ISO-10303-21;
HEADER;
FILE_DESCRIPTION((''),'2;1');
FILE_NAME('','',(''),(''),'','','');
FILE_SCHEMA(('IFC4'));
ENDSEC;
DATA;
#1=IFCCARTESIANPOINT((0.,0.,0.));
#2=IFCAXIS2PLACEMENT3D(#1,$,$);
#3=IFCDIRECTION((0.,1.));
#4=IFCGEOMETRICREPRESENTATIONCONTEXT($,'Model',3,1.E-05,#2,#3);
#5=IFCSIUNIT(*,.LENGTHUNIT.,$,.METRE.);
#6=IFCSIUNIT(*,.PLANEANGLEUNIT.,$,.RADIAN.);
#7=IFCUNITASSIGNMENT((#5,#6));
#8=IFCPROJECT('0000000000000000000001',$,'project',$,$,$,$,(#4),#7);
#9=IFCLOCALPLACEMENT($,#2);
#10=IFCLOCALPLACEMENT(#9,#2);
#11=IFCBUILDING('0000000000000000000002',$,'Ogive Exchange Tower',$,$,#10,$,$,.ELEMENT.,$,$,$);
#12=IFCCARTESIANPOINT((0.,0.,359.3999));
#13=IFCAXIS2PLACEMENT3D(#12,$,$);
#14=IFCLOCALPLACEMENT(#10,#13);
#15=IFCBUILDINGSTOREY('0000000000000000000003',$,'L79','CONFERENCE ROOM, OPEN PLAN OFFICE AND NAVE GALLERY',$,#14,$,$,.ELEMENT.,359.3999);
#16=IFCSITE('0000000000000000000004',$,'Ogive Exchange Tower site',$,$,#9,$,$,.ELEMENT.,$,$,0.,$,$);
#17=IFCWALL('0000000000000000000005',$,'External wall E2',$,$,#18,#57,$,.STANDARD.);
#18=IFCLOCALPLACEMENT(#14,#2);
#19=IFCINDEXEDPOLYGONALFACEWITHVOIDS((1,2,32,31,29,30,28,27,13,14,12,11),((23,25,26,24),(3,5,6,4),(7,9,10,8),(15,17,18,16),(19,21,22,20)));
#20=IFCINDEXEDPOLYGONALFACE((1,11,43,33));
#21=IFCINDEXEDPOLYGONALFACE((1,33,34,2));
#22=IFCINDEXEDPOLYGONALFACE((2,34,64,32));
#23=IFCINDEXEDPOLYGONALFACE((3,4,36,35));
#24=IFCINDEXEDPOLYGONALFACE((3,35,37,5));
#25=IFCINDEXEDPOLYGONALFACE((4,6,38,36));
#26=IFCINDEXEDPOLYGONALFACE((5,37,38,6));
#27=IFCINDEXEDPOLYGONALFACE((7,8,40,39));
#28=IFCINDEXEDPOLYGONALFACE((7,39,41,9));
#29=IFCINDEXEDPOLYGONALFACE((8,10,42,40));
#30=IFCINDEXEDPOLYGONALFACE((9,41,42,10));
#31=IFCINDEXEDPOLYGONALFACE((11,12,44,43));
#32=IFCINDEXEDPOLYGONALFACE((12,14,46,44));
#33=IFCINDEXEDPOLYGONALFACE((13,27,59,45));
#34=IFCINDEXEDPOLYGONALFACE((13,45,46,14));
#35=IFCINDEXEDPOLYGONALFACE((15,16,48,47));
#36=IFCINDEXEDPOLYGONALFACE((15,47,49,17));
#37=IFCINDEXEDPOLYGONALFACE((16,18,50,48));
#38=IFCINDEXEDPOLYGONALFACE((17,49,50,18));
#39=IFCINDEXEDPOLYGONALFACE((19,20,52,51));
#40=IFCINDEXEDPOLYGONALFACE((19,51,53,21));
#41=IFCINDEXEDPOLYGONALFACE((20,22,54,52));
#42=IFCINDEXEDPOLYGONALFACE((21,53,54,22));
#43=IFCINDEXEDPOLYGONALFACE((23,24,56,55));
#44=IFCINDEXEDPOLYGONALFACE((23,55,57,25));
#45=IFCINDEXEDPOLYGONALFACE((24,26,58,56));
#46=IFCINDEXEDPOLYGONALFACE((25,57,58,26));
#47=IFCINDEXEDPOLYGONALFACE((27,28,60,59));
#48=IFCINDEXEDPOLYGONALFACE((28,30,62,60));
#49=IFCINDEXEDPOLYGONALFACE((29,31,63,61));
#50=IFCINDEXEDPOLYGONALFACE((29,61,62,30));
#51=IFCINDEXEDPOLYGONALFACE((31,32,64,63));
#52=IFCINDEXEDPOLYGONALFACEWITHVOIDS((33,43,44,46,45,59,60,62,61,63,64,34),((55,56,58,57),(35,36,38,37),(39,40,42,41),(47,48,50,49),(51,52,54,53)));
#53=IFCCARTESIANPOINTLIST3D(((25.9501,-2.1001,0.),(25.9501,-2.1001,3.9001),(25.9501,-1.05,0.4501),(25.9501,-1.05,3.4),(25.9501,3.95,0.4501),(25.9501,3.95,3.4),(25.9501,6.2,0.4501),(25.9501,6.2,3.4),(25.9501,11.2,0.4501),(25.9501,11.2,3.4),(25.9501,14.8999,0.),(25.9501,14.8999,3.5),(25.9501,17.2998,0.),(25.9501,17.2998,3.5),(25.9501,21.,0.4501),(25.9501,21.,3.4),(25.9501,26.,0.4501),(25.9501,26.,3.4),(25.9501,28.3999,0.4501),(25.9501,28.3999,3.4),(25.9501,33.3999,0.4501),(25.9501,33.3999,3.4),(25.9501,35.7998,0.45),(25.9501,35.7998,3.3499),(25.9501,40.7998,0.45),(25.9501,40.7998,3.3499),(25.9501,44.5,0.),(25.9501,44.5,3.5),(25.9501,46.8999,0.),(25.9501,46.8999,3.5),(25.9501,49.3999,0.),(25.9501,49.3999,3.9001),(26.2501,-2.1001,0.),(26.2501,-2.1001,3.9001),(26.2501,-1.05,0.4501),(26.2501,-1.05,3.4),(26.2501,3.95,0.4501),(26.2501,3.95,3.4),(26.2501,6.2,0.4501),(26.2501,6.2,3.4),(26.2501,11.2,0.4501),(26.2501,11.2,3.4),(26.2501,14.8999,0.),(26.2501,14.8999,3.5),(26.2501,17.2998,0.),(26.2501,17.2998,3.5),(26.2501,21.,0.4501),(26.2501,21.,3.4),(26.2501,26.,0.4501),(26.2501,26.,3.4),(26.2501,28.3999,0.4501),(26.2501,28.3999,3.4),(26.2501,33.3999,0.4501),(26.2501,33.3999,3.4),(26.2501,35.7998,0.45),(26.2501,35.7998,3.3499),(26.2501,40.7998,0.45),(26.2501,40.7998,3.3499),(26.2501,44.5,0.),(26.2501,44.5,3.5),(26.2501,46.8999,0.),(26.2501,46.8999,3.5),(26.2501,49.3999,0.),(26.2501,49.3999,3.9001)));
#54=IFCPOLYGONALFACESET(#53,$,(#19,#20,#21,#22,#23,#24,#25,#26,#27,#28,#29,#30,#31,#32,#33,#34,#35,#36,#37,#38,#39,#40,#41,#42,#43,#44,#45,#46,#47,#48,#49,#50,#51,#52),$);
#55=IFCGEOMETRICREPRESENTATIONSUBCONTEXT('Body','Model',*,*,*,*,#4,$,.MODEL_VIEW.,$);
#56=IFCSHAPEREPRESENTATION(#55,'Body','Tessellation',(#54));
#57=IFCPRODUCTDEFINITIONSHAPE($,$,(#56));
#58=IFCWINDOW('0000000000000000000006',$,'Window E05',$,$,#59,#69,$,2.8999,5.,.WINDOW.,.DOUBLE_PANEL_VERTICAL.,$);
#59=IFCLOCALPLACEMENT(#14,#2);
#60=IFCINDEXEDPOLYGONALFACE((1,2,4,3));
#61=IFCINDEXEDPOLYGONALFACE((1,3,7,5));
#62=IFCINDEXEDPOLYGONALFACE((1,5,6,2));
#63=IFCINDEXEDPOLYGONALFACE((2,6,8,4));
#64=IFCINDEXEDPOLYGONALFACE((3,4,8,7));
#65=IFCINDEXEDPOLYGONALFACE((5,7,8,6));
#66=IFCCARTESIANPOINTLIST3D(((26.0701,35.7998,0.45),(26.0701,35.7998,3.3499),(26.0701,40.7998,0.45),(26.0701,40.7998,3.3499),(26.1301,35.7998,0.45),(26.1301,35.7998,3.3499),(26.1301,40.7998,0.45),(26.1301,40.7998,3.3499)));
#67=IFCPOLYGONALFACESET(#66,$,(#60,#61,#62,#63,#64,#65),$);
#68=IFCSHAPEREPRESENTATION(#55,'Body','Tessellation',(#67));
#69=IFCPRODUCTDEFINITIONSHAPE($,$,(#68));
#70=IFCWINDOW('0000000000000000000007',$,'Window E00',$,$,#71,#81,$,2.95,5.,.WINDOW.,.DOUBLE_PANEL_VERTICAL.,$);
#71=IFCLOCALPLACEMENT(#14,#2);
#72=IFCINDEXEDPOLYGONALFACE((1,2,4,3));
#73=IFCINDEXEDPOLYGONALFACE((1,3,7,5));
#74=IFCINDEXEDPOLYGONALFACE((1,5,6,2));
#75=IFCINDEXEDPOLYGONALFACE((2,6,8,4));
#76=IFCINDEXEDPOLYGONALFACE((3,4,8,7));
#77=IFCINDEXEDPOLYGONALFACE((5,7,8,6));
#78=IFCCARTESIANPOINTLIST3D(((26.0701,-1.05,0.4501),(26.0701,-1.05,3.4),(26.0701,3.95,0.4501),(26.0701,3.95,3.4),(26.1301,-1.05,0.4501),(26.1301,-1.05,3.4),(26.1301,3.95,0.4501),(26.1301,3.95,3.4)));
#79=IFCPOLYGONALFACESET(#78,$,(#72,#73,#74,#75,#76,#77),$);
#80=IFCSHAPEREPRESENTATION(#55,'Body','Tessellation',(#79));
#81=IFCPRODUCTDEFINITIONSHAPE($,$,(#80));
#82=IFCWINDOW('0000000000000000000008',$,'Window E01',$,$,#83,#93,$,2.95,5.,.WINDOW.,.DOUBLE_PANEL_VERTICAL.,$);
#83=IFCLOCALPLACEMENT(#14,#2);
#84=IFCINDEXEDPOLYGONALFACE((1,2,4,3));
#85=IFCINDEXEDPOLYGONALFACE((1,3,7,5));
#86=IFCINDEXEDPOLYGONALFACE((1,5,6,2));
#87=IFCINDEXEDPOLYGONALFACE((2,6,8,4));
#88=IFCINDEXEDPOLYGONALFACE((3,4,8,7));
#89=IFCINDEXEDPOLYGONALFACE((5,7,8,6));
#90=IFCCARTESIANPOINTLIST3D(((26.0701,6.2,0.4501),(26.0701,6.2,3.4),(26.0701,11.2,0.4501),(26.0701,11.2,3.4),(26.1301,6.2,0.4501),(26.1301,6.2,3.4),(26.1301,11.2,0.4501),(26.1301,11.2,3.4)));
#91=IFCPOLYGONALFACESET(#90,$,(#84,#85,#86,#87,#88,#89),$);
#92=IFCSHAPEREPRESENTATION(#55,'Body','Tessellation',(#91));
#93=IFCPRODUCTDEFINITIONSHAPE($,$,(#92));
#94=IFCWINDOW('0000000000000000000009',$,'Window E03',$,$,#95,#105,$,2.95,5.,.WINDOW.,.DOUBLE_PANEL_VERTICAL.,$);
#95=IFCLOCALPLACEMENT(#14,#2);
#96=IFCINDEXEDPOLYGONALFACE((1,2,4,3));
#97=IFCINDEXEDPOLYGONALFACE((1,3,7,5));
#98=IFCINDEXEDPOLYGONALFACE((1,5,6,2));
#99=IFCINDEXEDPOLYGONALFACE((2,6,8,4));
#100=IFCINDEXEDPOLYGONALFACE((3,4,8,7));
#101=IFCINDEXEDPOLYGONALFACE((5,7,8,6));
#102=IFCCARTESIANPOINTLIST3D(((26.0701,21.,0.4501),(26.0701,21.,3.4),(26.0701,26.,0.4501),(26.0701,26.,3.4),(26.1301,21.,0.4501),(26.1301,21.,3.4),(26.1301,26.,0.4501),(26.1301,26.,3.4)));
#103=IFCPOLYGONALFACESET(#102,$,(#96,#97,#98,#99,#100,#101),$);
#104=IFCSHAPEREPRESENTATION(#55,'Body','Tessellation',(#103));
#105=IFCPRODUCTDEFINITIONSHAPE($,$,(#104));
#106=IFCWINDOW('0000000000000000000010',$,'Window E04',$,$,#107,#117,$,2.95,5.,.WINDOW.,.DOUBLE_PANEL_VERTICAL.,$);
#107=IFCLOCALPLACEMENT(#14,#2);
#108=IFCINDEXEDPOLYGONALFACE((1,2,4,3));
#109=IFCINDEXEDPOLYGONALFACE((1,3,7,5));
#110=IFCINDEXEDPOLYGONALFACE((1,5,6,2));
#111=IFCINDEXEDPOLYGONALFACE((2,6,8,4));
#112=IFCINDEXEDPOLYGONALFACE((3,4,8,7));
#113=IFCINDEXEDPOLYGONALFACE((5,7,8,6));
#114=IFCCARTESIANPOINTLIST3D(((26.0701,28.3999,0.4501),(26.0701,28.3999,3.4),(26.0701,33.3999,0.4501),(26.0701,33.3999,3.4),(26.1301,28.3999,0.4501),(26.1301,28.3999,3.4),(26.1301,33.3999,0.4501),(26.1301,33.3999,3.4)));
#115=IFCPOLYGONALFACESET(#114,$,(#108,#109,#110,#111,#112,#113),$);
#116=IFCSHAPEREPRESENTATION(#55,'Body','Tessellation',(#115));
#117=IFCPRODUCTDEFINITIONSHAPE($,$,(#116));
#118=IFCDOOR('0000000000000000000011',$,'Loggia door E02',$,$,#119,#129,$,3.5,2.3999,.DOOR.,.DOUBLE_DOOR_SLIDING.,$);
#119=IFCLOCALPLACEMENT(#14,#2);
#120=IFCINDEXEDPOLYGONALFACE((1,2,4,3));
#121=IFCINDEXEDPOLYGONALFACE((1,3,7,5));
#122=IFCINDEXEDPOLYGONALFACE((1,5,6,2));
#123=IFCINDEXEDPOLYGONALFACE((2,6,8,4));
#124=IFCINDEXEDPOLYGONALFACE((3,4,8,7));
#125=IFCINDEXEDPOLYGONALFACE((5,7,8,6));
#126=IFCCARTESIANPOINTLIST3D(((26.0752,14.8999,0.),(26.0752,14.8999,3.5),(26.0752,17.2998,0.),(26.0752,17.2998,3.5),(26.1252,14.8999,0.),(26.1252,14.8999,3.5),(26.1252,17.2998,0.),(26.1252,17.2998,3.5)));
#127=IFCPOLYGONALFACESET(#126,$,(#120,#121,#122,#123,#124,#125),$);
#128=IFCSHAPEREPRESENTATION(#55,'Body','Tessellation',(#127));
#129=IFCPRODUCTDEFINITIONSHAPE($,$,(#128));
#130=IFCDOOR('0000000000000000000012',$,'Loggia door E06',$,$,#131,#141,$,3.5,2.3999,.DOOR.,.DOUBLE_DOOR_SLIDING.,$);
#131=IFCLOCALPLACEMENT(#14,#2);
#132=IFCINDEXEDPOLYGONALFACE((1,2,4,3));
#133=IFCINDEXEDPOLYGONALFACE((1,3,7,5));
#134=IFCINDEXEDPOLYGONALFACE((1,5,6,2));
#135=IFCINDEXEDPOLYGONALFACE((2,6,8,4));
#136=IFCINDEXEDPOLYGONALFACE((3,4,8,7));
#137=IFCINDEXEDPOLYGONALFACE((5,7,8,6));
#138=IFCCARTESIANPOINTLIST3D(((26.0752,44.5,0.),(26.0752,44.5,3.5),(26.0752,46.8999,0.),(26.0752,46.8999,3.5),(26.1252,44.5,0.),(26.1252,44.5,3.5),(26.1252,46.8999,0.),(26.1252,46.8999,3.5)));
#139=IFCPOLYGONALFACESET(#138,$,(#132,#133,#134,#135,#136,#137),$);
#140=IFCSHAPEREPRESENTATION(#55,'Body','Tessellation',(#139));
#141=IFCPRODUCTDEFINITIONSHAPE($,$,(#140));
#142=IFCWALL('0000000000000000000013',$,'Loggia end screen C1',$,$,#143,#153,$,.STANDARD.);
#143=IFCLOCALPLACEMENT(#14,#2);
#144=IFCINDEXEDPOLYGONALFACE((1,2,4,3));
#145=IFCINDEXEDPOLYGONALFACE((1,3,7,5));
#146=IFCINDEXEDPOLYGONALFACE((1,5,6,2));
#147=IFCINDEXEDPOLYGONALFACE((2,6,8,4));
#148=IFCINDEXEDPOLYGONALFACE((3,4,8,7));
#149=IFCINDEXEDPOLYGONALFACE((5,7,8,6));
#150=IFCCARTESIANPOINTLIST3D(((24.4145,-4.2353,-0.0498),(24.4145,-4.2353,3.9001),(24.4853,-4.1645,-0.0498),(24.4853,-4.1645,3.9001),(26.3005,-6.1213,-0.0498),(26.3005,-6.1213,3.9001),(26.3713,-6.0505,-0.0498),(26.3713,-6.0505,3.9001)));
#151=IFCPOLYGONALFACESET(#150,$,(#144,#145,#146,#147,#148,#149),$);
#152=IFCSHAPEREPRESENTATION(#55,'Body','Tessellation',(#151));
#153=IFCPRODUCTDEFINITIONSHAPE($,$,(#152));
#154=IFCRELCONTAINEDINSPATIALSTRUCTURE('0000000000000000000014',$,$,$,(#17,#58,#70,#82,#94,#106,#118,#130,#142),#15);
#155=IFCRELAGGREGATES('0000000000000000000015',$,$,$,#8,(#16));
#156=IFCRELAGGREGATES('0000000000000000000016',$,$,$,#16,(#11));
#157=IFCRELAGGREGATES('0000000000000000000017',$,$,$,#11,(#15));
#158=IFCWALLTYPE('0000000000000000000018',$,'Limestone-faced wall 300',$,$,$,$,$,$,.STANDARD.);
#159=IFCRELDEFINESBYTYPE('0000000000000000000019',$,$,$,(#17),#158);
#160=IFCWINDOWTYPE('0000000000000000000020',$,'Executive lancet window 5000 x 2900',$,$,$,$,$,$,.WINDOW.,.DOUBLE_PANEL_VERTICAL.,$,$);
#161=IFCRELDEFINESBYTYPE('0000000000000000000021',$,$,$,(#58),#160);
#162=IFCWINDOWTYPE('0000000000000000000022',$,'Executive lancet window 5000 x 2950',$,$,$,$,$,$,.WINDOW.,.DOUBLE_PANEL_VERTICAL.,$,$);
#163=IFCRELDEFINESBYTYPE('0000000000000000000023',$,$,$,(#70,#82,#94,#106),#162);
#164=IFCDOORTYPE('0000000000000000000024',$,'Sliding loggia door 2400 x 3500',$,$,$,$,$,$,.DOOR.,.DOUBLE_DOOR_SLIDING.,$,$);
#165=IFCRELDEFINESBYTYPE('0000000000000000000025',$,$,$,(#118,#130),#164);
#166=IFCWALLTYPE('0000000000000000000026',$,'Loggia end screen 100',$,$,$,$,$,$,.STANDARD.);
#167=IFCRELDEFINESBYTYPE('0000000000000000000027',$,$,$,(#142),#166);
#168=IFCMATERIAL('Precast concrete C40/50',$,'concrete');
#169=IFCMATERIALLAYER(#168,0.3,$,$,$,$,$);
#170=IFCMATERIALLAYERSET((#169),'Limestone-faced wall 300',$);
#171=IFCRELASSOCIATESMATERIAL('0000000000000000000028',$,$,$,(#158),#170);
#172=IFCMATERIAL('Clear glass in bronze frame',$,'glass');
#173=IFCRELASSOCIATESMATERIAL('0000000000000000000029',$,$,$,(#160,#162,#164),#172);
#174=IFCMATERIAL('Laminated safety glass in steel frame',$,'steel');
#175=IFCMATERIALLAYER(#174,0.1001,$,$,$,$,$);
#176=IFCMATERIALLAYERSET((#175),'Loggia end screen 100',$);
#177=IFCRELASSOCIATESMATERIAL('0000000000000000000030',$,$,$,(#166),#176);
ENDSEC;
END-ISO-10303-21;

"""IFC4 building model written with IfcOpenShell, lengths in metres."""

from ifc_helpers import new_model, si_unit, direction, frame, frame_2d, origin, place, context, subcontext, project, spatial, rectangle, extrude, material, layer, layer_set, type_object, element, fill, save


model = new_model("IFC4")

# Units and contexts
model_context = context("Model", 3, precision=1e-05, world=origin(), true_north=direction((0.0, 1.0)))
body_context = subcontext(model_context, "Body", "Model", "MODEL_VIEW")
ifc_project = project(units=[si_unit("LENGTHUNIT", "METRE"), si_unit("PLANEANGLEUNIT", "RADIAN")], contexts=[model_context])

# Site, building, storey
site_placement = place(None, origin())
site = spatial("IfcSite", under=ifc_project, at=site_placement, Name="Ogive Exchange Tower site", CompositionType="ELEMENT", RefElevation=0.0)
building_placement = place(site_placement, origin())
building = spatial("IfcBuilding", under=site, at=building_placement, Name="Ogive Exchange Tower", CompositionType="ELEMENT")
storey_placement = place(building_placement, frame((0.0, 0.0, 359.3999)))
storey = spatial("IfcBuildingStorey", under=building, at=storey_placement, Name="L79", Description="CONFERENCE ROOM, OPEN PLAN OFFICE AND NAVE GALLERY", CompositionType="ELEMENT", Elevation=359.3999)

# Wall, openings, windows, doors
ifc_material_1 = material(Name="Precast concrete C40/50", Category="concrete")
ifc_layer_1 = layer(ifc_material_1, 0.3)
ifc_layer_set_1 = layer_set([ifc_layer_1], Name="Limestone-faced wall 300")
wall_type_1 = type_object("IfcWallType", Name="Limestone-faced wall 300", PredefinedType="STANDARD", material=ifc_layer_set_1)
wall_1_placement = place(storey_placement, frame((26.1001, -2.1001, 0.0), z_axis=(0.0, 0.0, 1.0), x_axis=(0.0, 1.0, 0.0)))
wall_1 = element("IfcWall", 1, at=wall_1_placement, inside=storey, type_object=wall_type_1, Name="External wall E2", PredefinedType="STANDARD", context=body_context, shape_type="SweptSolid", body=[
    extrude(rectangle(XDim=51.5, YDim=0.3, at=frame_2d((25.75, 0.0))), origin(), (0.0, 0.0, 1.0), 3.9001),
])
opening_1_placement = place(wall_1_placement, frame((1.05, 0.0, 0.45)))
opening_1 = element("IfcOpeningElement", 2, at=opening_1_placement, cuts=wall_1, PredefinedType="OPENING", context=body_context, shape_type="SweptSolid", body=[
    extrude(rectangle(XDim=5.0, YDim=2.95, at=frame_2d((2.5, 1.4751))), frame((0.0, 0.1599, 0.0), z_axis=(0.0, -1.0, 0.0), x_axis=(1.0, 0.0, 0.0)), (0.0, 0.0, 1.0), 0.3201),
])
opening_2_placement = place(wall_1_placement, frame((8.3, 0.0, 0.45)))
opening_2 = element("IfcOpeningElement", 3, at=opening_2_placement, cuts=wall_1, PredefinedType="OPENING", context=body_context, shape_type="SweptSolid", body=[
    extrude(rectangle(XDim=5.0, YDim=2.95, at=frame_2d((2.5, 1.4751))), frame((0.0, 0.1599, 0.0), z_axis=(0.0, -1.0, 0.0), x_axis=(1.0, 0.0, 0.0)), (0.0, 0.0, 1.0), 0.3201),
])
opening_3_placement = place(wall_1_placement, frame((17.0, 0.0, 0.0)))
opening_3 = element("IfcOpeningElement", 4, at=opening_3_placement, cuts=wall_1, PredefinedType="OPENING", context=body_context, shape_type="SweptSolid", body=[
    extrude(rectangle(XDim=2.3999, YDim=3.5, at=frame_2d((1.2, 1.75))), frame((0.0, 0.1599, 0.0), z_axis=(0.0, -1.0, 0.0), x_axis=(1.0, 0.0, 0.0)), (0.0, 0.0, 1.0), 0.3201),
])
opening_4_placement = place(wall_1_placement, frame((23.1001, 0.0, 0.45)))
opening_4 = element("IfcOpeningElement", 5, at=opening_4_placement, cuts=wall_1, PredefinedType="OPENING", context=body_context, shape_type="SweptSolid", body=[
    extrude(rectangle(XDim=5.0, YDim=2.95, at=frame_2d((2.5, 1.4751))), frame((0.0, 0.1599, 0.0), z_axis=(0.0, -1.0, 0.0), x_axis=(1.0, 0.0, 0.0)), (0.0, 0.0, 1.0), 0.3201),
])
opening_5_placement = place(wall_1_placement, frame((30.5, 0.0, 0.45)))
opening_5 = element("IfcOpeningElement", 6, at=opening_5_placement, cuts=wall_1, PredefinedType="OPENING", context=body_context, shape_type="SweptSolid", body=[
    extrude(rectangle(XDim=5.0, YDim=2.95, at=frame_2d((2.5, 1.4751))), frame((0.0, 0.1599, 0.0), z_axis=(0.0, -1.0, 0.0), x_axis=(1.0, 0.0, 0.0)), (0.0, 0.0, 1.0), 0.3201),
])
opening_6_placement = place(wall_1_placement, frame((37.8999, 0.0, 0.45)))
opening_6 = element("IfcOpeningElement", 7, at=opening_6_placement, cuts=wall_1, PredefinedType="OPENING", context=body_context, shape_type="SweptSolid", body=[
    extrude(rectangle(XDim=5.0, YDim=2.8999, at=frame_2d((2.5, 1.45))), frame((0.0, 0.1599, 0.0), z_axis=(0.0, -1.0, 0.0), x_axis=(1.0, 0.0, 0.0)), (0.0, 0.0, 1.0), 0.3201),
])
opening_7_placement = place(wall_1_placement, frame((46.6001, 0.0, 0.0)))
opening_7 = element("IfcOpeningElement", 8, at=opening_7_placement, cuts=wall_1, PredefinedType="OPENING", context=body_context, shape_type="SweptSolid", body=[
    extrude(rectangle(XDim=2.3999, YDim=3.5, at=frame_2d((1.2, 1.75))), frame((0.0, 0.1599, 0.0), z_axis=(0.0, -1.0, 0.0), x_axis=(1.0, 0.0, 0.0)), (0.0, 0.0, 1.0), 0.3201),
])
ifc_material_2 = material(Name="Clear glass in bronze frame", Category="glass")
window_type_1 = type_object("IfcWindowType", Name="Executive lancet window 5000 x 2900", PartitioningType="DOUBLE_PANEL_VERTICAL", PredefinedType="WINDOW", material=ifc_material_2)
window_1_placement = place(opening_6_placement, origin())
window_1 = element("IfcWindow", 9, at=window_1_placement, inside=storey, type_object=window_type_1, Name="Window E05", OverallHeight=2.8999, OverallWidth=5.0, PartitioningType="DOUBLE_PANEL_VERTICAL", PredefinedType="WINDOW", context=body_context, shape_type="SweptSolid", body=[
    extrude(rectangle(XDim=5.0, YDim=2.8999, at=frame_2d((2.5, 1.45))), frame((0.0, 0.03, 0.0), z_axis=(0.0, -1.0, 0.0), x_axis=(1.0, 0.0, 0.0)), (0.0, 0.0, 1.0), 0.0601),
])
fill(opening_6, window_1)
window_type_2 = type_object("IfcWindowType", Name="Executive lancet window 5000 x 2950", PartitioningType="DOUBLE_PANEL_VERTICAL", PredefinedType="WINDOW", material=ifc_material_2)
window_2_placement = place(opening_1_placement, origin())
window_2 = element("IfcWindow", 10, at=window_2_placement, inside=storey, type_object=window_type_2, Name="Window E00", OverallHeight=2.95, OverallWidth=5.0, PartitioningType="DOUBLE_PANEL_VERTICAL", PredefinedType="WINDOW", context=body_context, shape_type="SweptSolid", body=[
    extrude(rectangle(XDim=5.0, YDim=2.95, at=frame_2d((2.5, 1.4751))), frame((0.0, 0.03, 0.0), z_axis=(0.0, -1.0, 0.0), x_axis=(1.0, 0.0, 0.0)), (0.0, 0.0, 1.0), 0.0601),
])
fill(opening_1, window_2)
window_3_placement = place(opening_2_placement, origin())
window_3 = element("IfcWindow", 11, at=window_3_placement, inside=storey, type_object=window_type_2, Name="Window E01", OverallHeight=2.95, OverallWidth=5.0, PartitioningType="DOUBLE_PANEL_VERTICAL", PredefinedType="WINDOW", context=body_context, shape_type="SweptSolid", body=[
    extrude(rectangle(XDim=5.0, YDim=2.95, at=frame_2d((2.5, 1.4751))), frame((0.0, 0.03, 0.0), z_axis=(0.0, -1.0, 0.0), x_axis=(1.0, 0.0, 0.0)), (0.0, 0.0, 1.0), 0.0601),
])
fill(opening_2, window_3)
window_4_placement = place(opening_4_placement, origin())
window_4 = element("IfcWindow", 12, at=window_4_placement, inside=storey, type_object=window_type_2, Name="Window E03", OverallHeight=2.95, OverallWidth=5.0, PartitioningType="DOUBLE_PANEL_VERTICAL", PredefinedType="WINDOW", context=body_context, shape_type="SweptSolid", body=[
    extrude(rectangle(XDim=5.0, YDim=2.95, at=frame_2d((2.5, 1.4751))), frame((0.0, 0.03, 0.0), z_axis=(0.0, -1.0, 0.0), x_axis=(1.0, 0.0, 0.0)), (0.0, 0.0, 1.0), 0.0601),
])
fill(opening_4, window_4)
window_5_placement = place(opening_5_placement, origin())
window_5 = element("IfcWindow", 13, at=window_5_placement, inside=storey, type_object=window_type_2, Name="Window E04", OverallHeight=2.95, OverallWidth=5.0, PartitioningType="DOUBLE_PANEL_VERTICAL", PredefinedType="WINDOW", context=body_context, shape_type="SweptSolid", body=[
    extrude(rectangle(XDim=5.0, YDim=2.95, at=frame_2d((2.5, 1.4751))), frame((0.0, 0.03, 0.0), z_axis=(0.0, -1.0, 0.0), x_axis=(1.0, 0.0, 0.0)), (0.0, 0.0, 1.0), 0.0601),
])
fill(opening_5, window_5)
door_type = type_object("IfcDoorType", Name="Sliding loggia door 2400 x 3500", OperationType="DOUBLE_DOOR_SLIDING", PredefinedType="DOOR", material=ifc_material_2)
door_1_placement = place(opening_3_placement, origin())
door_1 = element("IfcDoor", 14, at=door_1_placement, inside=storey, type_object=door_type, Name="Loggia door E02", OperationType="DOUBLE_DOOR_SLIDING", OverallHeight=3.5, OverallWidth=2.3999, PredefinedType="DOOR", context=body_context, shape_type="SweptSolid", body=[
    extrude(rectangle(XDim=2.3999, YDim=3.5, at=frame_2d((1.2, 1.75))), frame((0.0, 0.0249, 0.0), z_axis=(0.0, -1.0, 0.0), x_axis=(1.0, 0.0, 0.0)), (0.0, 0.0, 1.0), 0.05),
])
fill(opening_3, door_1)
door_2_placement = place(opening_7_placement, origin())
door_2 = element("IfcDoor", 15, at=door_2_placement, inside=storey, type_object=door_type, Name="Loggia door E06", OperationType="DOUBLE_DOOR_SLIDING", OverallHeight=3.5, OverallWidth=2.3999, PredefinedType="DOOR", context=body_context, shape_type="SweptSolid", body=[
    extrude(rectangle(XDim=2.3999, YDim=3.5, at=frame_2d((1.2, 1.75))), frame((0.0, 0.0249, 0.0), z_axis=(0.0, -1.0, 0.0), x_axis=(1.0, 0.0, 0.0)), (0.0, 0.0, 1.0), 0.05),
])
fill(opening_7, door_2)

# Wall
ifc_material_3 = material(Name="Laminated safety glass in steel frame", Category="steel")
ifc_layer_2 = layer(ifc_material_3, 0.1001)
ifc_layer_set_2 = layer_set([ifc_layer_2], Name="Loggia end screen 100")
wall_type_2 = type_object("IfcWallType", Name="Loggia end screen 100", PredefinedType="STANDARD", material=ifc_layer_set_2)
wall_2_placement = place(storey_placement, frame((24.45, -4.2, -0.0498), z_axis=(0.0, 0.0, 1.0), x_axis=(0.707107, -0.707107, 0.0)))
element("IfcWall", 16, at=wall_2_placement, inside=storey, type_object=wall_type_2, Name="Loggia end screen C1", PredefinedType="STANDARD", context=body_context, shape_type="SweptSolid", body=[
    extrude(rectangle(XDim=2.6672, YDim=0.1001, at=frame_2d((1.3335, 0.0))), origin(), (0.0, 0.0, 1.0), 3.95),
])

save(model, "model.ifc")
